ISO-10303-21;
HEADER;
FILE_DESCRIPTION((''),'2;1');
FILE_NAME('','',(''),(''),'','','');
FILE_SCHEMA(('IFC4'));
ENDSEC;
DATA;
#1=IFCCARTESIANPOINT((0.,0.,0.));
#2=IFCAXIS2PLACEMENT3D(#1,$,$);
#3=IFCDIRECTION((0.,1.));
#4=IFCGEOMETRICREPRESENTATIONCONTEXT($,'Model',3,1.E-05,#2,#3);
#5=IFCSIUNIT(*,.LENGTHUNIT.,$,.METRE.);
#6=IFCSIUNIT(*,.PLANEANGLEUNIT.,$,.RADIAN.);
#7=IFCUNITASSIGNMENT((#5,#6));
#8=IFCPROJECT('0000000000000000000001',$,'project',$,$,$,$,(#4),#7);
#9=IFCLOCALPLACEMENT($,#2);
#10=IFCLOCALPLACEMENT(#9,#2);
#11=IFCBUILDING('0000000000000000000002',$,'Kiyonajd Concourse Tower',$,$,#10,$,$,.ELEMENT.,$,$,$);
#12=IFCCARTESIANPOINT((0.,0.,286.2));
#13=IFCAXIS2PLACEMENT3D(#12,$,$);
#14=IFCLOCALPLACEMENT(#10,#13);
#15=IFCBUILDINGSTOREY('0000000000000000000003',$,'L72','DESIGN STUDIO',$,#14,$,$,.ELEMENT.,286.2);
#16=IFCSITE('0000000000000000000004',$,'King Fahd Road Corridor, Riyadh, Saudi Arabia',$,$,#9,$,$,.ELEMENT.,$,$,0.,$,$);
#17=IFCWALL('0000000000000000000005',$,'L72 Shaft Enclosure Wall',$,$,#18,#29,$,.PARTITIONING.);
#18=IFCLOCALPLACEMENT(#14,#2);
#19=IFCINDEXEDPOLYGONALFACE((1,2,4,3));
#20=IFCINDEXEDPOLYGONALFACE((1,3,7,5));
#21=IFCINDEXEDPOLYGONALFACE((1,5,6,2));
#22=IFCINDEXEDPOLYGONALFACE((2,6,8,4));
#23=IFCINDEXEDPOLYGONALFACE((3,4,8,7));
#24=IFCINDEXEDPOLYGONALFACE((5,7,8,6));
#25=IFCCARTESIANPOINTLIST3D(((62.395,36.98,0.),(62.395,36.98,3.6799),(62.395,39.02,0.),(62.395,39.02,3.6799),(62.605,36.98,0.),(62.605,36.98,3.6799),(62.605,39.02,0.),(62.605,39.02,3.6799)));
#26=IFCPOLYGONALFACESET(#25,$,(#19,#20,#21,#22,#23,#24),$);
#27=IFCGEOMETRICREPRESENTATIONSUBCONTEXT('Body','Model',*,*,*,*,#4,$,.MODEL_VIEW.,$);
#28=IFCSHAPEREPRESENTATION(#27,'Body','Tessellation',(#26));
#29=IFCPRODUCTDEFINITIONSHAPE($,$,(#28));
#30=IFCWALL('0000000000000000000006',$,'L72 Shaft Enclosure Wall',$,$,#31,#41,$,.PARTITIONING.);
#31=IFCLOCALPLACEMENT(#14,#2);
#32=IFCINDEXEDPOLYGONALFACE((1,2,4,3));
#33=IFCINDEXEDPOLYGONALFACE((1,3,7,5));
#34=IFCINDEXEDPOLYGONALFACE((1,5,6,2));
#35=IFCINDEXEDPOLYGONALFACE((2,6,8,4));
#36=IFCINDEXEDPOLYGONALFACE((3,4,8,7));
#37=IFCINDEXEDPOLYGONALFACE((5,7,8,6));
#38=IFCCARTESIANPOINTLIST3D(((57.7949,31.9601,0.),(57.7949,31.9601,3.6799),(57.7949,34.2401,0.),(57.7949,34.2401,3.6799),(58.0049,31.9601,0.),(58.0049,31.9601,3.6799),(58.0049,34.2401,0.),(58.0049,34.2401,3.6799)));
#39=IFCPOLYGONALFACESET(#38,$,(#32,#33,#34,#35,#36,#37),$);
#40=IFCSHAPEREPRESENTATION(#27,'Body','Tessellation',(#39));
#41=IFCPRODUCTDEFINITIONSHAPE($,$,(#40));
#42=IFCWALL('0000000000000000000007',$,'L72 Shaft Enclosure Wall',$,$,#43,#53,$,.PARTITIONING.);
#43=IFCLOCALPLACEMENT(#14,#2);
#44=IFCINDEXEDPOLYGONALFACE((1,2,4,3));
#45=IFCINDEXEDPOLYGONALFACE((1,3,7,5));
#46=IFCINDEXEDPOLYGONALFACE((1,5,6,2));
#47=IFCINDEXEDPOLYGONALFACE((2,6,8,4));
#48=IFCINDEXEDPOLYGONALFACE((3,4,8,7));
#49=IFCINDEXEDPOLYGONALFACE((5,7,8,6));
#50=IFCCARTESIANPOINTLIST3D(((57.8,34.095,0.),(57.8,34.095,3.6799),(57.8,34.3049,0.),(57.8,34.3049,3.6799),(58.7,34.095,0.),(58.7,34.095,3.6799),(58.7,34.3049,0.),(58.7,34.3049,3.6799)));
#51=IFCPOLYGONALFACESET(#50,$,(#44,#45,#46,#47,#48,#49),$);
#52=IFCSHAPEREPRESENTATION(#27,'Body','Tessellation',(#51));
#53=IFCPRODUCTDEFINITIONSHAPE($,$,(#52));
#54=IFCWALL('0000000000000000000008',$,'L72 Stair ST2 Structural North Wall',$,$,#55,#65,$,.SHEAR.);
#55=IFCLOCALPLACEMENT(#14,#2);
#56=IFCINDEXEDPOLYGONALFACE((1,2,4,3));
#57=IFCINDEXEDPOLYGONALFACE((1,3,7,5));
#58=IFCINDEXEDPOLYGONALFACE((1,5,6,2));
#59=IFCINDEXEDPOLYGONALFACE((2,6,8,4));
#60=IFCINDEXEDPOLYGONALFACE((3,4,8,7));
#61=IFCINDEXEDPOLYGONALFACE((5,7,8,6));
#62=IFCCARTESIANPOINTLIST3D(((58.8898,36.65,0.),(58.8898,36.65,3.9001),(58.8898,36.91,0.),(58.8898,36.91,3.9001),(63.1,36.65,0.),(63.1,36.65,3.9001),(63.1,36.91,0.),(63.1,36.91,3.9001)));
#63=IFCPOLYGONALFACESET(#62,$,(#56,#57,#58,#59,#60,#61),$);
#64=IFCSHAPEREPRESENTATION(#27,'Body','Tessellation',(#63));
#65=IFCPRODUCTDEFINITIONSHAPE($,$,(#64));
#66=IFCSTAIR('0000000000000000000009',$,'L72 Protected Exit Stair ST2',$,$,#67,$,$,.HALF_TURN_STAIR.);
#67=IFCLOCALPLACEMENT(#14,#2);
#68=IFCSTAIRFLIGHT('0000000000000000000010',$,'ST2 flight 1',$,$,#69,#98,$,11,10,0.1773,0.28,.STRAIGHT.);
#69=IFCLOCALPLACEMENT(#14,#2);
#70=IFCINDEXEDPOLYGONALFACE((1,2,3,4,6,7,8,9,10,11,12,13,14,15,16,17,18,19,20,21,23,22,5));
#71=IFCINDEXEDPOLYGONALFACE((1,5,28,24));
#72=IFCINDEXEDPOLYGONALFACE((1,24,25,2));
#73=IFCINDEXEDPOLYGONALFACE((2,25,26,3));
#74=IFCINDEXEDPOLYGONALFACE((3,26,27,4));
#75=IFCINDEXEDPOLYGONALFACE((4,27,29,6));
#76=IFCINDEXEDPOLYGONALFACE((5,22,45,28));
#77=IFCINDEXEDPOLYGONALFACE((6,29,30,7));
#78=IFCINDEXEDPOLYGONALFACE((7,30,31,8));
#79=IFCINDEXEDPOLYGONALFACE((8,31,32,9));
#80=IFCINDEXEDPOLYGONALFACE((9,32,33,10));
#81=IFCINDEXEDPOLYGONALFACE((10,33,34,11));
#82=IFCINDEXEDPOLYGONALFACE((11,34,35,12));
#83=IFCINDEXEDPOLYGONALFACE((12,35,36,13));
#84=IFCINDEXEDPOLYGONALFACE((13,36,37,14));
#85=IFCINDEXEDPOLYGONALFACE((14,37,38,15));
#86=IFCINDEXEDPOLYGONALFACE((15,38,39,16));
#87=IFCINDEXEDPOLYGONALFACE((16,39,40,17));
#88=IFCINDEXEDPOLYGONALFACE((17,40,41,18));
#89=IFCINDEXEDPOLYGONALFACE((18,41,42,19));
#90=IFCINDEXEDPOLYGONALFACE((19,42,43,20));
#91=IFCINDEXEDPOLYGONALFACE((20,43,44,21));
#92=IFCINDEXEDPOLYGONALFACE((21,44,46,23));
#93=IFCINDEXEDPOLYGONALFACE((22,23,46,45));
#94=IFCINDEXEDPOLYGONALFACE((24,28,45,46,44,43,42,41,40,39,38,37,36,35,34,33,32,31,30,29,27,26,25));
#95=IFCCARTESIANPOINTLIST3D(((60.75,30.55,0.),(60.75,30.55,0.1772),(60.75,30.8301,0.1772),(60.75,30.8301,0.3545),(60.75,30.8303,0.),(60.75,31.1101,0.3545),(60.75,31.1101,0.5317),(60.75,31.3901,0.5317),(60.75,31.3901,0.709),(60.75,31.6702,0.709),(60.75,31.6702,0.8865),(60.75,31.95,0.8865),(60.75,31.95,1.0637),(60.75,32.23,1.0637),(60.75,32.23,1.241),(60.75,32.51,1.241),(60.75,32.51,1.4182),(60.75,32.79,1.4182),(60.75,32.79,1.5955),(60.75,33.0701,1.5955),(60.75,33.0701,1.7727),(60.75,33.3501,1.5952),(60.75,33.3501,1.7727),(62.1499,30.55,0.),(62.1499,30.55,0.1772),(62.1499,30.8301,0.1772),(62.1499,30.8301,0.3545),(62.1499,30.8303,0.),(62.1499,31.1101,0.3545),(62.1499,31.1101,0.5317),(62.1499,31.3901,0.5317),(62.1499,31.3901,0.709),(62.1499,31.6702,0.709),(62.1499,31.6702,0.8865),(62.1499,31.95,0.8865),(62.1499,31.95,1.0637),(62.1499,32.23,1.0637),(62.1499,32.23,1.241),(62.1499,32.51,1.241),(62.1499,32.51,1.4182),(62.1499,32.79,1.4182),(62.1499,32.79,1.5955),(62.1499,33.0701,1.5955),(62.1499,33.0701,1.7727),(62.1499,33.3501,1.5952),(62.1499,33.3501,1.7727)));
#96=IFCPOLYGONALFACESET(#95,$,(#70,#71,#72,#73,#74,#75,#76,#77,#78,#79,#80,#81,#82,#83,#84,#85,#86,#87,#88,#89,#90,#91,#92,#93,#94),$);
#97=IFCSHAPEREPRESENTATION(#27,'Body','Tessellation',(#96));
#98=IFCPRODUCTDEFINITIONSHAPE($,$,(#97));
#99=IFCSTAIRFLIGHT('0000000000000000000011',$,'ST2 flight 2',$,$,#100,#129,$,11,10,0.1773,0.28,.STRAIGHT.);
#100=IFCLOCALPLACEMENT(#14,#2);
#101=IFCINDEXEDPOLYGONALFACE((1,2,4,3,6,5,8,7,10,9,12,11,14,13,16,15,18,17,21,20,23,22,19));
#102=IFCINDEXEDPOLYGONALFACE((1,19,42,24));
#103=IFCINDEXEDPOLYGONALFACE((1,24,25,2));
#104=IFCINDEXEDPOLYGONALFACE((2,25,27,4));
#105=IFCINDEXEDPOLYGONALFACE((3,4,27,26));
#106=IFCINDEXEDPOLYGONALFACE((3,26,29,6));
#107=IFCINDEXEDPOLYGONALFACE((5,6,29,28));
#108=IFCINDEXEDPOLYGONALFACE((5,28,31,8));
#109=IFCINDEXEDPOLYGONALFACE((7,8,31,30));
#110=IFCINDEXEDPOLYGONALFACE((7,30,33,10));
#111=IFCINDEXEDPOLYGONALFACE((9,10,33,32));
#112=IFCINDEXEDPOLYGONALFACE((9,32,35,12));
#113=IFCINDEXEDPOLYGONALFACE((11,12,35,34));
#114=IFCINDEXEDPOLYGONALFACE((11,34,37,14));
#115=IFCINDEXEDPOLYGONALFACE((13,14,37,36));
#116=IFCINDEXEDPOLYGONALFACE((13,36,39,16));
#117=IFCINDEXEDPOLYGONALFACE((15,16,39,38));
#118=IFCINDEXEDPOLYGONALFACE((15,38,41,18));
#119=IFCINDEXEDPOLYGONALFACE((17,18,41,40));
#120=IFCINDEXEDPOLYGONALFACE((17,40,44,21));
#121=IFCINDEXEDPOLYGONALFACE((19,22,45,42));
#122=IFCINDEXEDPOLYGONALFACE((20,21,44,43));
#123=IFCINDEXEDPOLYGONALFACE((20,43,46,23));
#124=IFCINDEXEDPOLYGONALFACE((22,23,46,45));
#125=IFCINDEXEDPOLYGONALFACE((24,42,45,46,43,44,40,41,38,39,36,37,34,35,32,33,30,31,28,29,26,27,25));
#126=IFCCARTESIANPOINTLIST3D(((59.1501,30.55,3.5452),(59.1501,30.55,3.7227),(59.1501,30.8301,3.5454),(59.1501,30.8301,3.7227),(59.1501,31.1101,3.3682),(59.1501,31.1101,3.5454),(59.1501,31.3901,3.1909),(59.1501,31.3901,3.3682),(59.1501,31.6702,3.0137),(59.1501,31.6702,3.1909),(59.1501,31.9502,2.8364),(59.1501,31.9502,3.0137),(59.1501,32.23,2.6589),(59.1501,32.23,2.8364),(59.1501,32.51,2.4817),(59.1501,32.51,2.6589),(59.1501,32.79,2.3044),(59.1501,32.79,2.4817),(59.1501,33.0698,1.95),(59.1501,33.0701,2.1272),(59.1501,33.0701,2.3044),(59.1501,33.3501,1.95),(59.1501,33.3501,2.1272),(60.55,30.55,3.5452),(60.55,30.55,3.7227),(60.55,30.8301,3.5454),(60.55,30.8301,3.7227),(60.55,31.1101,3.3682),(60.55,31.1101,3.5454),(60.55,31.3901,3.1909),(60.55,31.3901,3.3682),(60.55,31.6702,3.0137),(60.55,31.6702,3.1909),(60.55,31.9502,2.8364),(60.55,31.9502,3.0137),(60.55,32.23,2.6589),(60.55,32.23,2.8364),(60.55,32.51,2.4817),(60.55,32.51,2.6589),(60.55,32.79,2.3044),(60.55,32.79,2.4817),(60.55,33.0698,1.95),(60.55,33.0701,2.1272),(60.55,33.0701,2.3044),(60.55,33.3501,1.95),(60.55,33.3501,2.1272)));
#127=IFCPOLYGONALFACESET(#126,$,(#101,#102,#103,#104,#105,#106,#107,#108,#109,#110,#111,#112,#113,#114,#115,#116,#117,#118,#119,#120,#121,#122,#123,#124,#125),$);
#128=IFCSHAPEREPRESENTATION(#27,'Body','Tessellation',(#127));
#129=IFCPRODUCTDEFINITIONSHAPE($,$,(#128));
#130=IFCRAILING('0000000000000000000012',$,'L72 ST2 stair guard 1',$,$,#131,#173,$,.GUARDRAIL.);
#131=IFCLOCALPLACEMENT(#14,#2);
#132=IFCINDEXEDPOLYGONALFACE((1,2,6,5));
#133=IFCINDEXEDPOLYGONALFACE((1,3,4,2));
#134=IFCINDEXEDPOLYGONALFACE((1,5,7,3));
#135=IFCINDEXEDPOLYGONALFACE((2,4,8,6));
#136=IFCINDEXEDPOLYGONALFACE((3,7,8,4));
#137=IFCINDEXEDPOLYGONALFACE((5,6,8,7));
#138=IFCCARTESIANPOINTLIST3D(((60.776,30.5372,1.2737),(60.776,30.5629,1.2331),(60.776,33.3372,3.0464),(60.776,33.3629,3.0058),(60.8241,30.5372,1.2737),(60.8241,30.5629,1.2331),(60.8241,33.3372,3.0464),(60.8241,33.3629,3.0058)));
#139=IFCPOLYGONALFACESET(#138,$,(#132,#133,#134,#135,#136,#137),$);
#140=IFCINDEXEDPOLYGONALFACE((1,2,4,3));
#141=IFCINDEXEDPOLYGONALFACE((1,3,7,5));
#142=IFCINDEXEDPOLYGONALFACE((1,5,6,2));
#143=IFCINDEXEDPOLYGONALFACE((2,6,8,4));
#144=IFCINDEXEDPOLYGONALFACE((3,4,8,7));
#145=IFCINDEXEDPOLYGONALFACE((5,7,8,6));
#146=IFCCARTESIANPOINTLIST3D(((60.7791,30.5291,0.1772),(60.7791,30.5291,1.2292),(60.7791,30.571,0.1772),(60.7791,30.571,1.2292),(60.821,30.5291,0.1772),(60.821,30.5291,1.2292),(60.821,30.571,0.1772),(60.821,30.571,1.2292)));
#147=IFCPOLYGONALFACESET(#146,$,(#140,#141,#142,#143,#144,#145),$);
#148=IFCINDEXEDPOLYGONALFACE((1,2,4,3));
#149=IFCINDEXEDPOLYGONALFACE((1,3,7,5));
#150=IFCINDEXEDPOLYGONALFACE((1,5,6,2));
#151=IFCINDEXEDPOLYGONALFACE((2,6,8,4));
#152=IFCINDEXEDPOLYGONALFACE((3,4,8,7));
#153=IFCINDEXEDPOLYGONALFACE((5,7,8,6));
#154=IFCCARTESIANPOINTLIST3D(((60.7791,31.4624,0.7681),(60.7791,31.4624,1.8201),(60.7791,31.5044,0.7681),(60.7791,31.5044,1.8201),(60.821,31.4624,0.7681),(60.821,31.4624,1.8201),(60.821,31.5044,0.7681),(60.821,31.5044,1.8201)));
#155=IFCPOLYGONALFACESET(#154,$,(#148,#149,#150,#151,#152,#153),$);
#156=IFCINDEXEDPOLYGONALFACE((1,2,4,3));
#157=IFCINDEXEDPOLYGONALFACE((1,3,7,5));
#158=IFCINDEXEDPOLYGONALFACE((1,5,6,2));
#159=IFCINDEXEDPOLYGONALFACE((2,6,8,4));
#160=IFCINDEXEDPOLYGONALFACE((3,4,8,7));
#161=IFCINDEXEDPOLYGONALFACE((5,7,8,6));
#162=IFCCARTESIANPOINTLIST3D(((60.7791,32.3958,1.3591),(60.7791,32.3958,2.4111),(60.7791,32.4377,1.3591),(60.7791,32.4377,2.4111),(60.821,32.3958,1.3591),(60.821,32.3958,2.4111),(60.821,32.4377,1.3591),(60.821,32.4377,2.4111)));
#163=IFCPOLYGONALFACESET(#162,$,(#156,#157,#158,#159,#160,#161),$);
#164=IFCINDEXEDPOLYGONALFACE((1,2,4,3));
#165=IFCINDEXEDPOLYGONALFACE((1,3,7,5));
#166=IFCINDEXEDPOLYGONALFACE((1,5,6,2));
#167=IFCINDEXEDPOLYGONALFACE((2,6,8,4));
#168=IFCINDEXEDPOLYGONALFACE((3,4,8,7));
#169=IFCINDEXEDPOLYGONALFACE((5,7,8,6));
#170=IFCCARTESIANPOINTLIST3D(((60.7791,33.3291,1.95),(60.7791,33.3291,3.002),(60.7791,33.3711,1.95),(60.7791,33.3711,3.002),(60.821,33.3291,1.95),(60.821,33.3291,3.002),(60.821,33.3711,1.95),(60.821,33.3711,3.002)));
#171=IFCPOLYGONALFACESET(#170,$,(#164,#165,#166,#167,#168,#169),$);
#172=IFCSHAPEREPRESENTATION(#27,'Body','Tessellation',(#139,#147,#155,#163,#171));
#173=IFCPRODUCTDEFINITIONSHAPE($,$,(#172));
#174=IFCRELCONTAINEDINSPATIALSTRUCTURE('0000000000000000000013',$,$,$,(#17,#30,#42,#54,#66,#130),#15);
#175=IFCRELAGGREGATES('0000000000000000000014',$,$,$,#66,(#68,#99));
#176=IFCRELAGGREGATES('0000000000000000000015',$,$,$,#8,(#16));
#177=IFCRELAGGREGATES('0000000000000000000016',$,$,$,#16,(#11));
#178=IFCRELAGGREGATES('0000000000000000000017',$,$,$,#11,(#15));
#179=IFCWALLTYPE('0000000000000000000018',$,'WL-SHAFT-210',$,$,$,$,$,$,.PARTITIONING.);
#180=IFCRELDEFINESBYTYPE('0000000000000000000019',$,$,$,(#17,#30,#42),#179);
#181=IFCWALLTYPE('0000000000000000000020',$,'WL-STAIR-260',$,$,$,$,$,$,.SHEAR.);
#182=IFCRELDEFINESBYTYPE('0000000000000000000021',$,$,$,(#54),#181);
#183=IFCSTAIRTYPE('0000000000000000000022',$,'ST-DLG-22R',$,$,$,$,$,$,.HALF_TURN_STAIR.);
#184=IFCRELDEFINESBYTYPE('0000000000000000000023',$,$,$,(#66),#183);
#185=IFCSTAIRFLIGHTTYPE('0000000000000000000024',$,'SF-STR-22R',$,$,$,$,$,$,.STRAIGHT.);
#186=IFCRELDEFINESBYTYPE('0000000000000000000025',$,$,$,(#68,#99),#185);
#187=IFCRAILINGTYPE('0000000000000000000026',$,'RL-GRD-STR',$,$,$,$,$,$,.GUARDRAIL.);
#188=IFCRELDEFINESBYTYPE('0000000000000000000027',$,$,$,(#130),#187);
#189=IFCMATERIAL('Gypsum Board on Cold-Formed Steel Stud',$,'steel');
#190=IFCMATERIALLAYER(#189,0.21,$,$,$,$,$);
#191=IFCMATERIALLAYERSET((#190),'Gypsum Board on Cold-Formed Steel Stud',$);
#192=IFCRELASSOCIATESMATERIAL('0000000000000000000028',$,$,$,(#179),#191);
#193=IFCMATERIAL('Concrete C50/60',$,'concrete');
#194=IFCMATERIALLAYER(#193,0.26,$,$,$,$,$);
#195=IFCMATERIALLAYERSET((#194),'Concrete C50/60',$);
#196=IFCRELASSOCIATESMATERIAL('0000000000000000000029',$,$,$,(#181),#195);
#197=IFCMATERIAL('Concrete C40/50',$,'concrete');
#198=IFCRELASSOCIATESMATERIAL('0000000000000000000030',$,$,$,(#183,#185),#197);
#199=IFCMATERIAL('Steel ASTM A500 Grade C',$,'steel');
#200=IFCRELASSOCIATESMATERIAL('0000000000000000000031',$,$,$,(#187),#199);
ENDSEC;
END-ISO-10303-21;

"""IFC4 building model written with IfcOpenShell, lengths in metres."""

from ifc_helpers import new_model, si_unit, direction, frame, frame_2d, origin, origin_2d, place, context, subcontext, project, spatial, polyline, rectangle, outline, extrude, material, layer, layer_set, type_object, element, aggregate, save


model = new_model("IFC4")

# Units and contexts
model_context = context("Model", 3, precision=1e-05, world=origin(), true_north=direction((0.0, 1.0)))
body_context = subcontext(model_context, "Body", "Model", "MODEL_VIEW")
ifc_project = project(units=[si_unit("LENGTHUNIT", "METRE"), si_unit("PLANEANGLEUNIT", "RADIAN")], contexts=[model_context])

# Site, building, storey
site_placement = place(None, origin())
site = spatial("IfcSite", under=ifc_project, at=site_placement, Name="King Fahd Road Corridor, Riyadh, Saudi Arabia", CompositionType="ELEMENT", RefElevation=0.0)
building_placement = place(site_placement, origin())
building = spatial("IfcBuilding", under=site, at=building_placement, Name="Kiyonajd Concourse Tower", CompositionType="ELEMENT")
storey_placement = place(building_placement, frame((0.0, 0.0, 286.2)))
storey = spatial("IfcBuildingStorey", under=building, at=storey_placement, Name="L72", Description="DESIGN STUDIO", CompositionType="ELEMENT", Elevation=286.2)

# Shared definitions
ifc_material_1 = material(Name="Concrete C50/60", Category="concrete")

# Walls
ifc_material_2 = material(Name="Gypsum Board on Cold-Formed Steel Stud", Category="steel")
ifc_layer_1 = layer(ifc_material_2, 0.21)
ifc_layer_set_1 = layer_set([ifc_layer_1], Name="Gypsum Board on Cold-Formed Steel Stud")
wall_type_1 = type_object("IfcWallType", Name="WL-SHAFT-210", PredefinedType="PARTITIONING", material=ifc_layer_set_1)
wall_1_placement = place(storey_placement, frame((62.5, 36.98, 0.0), z_axis=(0.0, 0.0, 1.0), x_axis=(0.0, 1.0, 0.0)))
element("IfcWall", 1, at=wall_1_placement, inside=storey, type_object=wall_type_1, Name="L72 Shaft Enclosure Wall", PredefinedType="PARTITIONING", context=body_context, shape_type="SweptSolid", body=[
    extrude(rectangle(XDim=2.04, YDim=0.21, at=frame_2d((1.02, 0.0))), origin(), (0.0, 0.0, 1.0), 3.6799),
])
wall_2_placement = place(storey_placement, frame((57.8999, 31.96, 0.0), z_axis=(0.0, 0.0, 1.0), x_axis=(0.0, 1.0, 0.0)))
element("IfcWall", 2, at=wall_2_placement, inside=storey, type_object=wall_type_1, Name="L72 Shaft Enclosure Wall", PredefinedType="PARTITIONING", context=body_context, shape_type="SweptSolid", body=[
    extrude(rectangle(XDim=2.28, YDim=0.21, at=frame_2d((1.1401, 0.0))), origin(), (0.0, 0.0, 1.0), 3.6799),
])
wall_3_placement = place(storey_placement, frame((57.8, 34.2, 0.0), z_axis=(0.0, 0.0, 1.0), x_axis=(1.0, 0.0, 0.0)))
element("IfcWall", 3, at=wall_3_placement, inside=storey, type_object=wall_type_1, Name="L72 Shaft Enclosure Wall", PredefinedType="PARTITIONING", context=body_context, shape_type="SweptSolid", body=[
    extrude(rectangle(XDim=0.8999, YDim=0.21, at=frame_2d((0.45, 0.0))), origin(), (0.0, 0.0, 1.0), 3.6799),
])
ifc_layer_2 = layer(ifc_material_1, 0.26)
ifc_layer_set_2 = layer_set([ifc_layer_2], Name="Concrete C50/60")
wall_type_2 = type_object("IfcWallType", Name="WL-STAIR-260", PredefinedType="SHEAR", material=ifc_layer_set_2)
wall_4_placement = place(storey_placement, frame((58.8899, 36.78, 0.0), z_axis=(0.0, 0.0, 1.0), x_axis=(1.0, 0.0, 0.0)))
element("IfcWall", 4, at=wall_4_placement, inside=storey, type_object=wall_type_2, Name="L72 Stair ST2 Structural North Wall", PredefinedType="SHEAR", context=body_context, shape_type="SweptSolid", body=[
    extrude(rectangle(XDim=4.2102, YDim=0.26, at=frame_2d((2.105, 0.0))), origin(), (0.0, 0.0, 1.0), 3.9001),
])

# Stair, stair flights
ifc_material_3 = material(Name="Concrete C40/50", Category="concrete")
stair_type = type_object("IfcStairType", Name="ST-DLG-22R", PredefinedType="HALF_TURN_STAIR", material=ifc_material_3)
stair_placement = place(storey_placement, origin())
stair = element("IfcStair", 5, at=stair_placement, inside=storey, type_object=stair_type, Name="L72 Protected Exit Stair ST2", PredefinedType="HALF_TURN_STAIR")
stair_flight_type = type_object("IfcStairFlightType", Name="SF-STR-22R", PredefinedType="STRAIGHT", material=ifc_material_3)
stair_flight_1_placement = place(storey_placement, frame((61.45, 30.55, 0.0), z_axis=(0.0, 0.0, 1.0), x_axis=(0.0, 1.0, 0.0)))
stair_flight_1 = element("IfcStairFlight", 6, at=stair_flight_1_placement, type_object=stair_flight_type, Name="ST2 flight 1", NumberOfRisers=11, NumberOfTreads=10, PredefinedType="STRAIGHT", RiserHeight=0.1773, TreadLength=0.28, context=body_context, shape_type="SweptSolid", body=[
    extrude(outline(polyline([(0.0, 0.0), (0.0, 0.1772), (0.28, 0.1772), (0.28, 0.3545), (0.5601, 0.3545), (0.5601, 0.5317), (0.8401, 0.5317), (0.8401, 0.709), (1.1201, 0.709), (1.1201, 0.8865), (1.3999, 0.8865), (1.3999, 1.0637), (1.6799, 1.0637), (1.6799, 1.241), (1.96, 1.241), (1.96, 1.4182), (2.24, 1.4182), (2.24, 1.5955), (2.52, 1.5955), (2.52, 1.7727), (2.8, 1.7727), (2.8, 1.95), (2.8, 1.5952), (0.2803, 0.0), (0.0, 0.0)])), frame((0.0, 0.7, 0.0), z_axis=(0.0, -1.0, 0.0), x_axis=(1.0, 0.0, 0.0)), (0.0, 0.0, 1.0), 1.3999),
])
stair_flight_2_placement = place(storey_placement, frame((59.8501, 33.3501, 1.95), z_axis=(0.0, 0.0, 1.0), x_axis=(0.0, -1.0, 0.0)))
stair_flight_2 = element("IfcStairFlight", 7, at=stair_flight_2_placement, type_object=stair_flight_type, Name="ST2 flight 2", NumberOfRisers=11, NumberOfTreads=10, PredefinedType="STRAIGHT", RiserHeight=0.1773, TreadLength=0.28, context=body_context, shape_type="SweptSolid", body=[
    extrude(outline(polyline([(0.0, 0.0), (0.0, 0.1772), (0.28, 0.1772), (0.28, 0.3545), (0.5601, 0.3545), (0.5601, 0.5317), (0.8401, 0.5317), (0.8401, 0.709), (1.1201, 0.709), (1.1201, 0.8865), (1.3999, 0.8865), (1.3999, 1.0637), (1.6799, 1.0637), (1.6799, 1.241), (1.96, 1.241), (1.96, 1.4182), (2.24, 1.4182), (2.24, 1.5955), (2.52, 1.5955), (2.52, 1.7727), (2.8, 1.7727), (2.8, 1.95), (2.8, 1.5952), (0.2803, 0.0), (0.0, 0.0)])), frame((0.0, 0.7, 0.0), z_axis=(0.0, -1.0, 0.0), x_axis=(1.0, 0.0, 0.0)), (0.0, 0.0, 1.0), 1.3999),
])
aggregate(stair, [stair_flight_1, stair_flight_2])

# Railing
ifc_material_4 = material(Name="Steel ASTM A500 Grade C", Category="steel")
railing_type_1 = type_object("IfcRailingType", Name="RL-GRD-STR", PredefinedType="GUARDRAIL", material=ifc_material_4)
railing_1_placement = place(storey_placement, frame((60.8, 30.55, 0.1772)))
element("IfcRailing", 8, at=railing_1_placement, inside=storey, type_object=railing_type_1, Name="L72 ST2 stair guard 1", PredefinedType="GUARDRAIL", context=body_context, shape_type="SweptSolid", body=[
    extrude(rectangle(XDim=0.0481, YDim=0.0481, at=origin_2d()), frame((0.0, 0.0, 1.0762), z_axis=(0.0, 0.844909, 0.53491), x_axis=(-1.0, 0.0, 0.0)), (0.0, 0.0, 1.0), 3.314),
    extrude(rectangle(XDim=0.042, YDim=0.042, at=origin_2d()), origin(), (0.0, 0.0, 1.0), 1.052),
    extrude(rectangle(XDim=0.042, YDim=0.042, at=origin_2d()), frame((0.0, 0.9333, 0.5908)), (0.0, 0.0, 1.0), 1.052),
    extrude(rectangle(XDim=0.042, YDim=0.042, at=origin_2d()), frame((0.0, 1.8667, 1.1819)), (0.0, 0.0, 1.0), 1.052),
    extrude(rectangle(XDim=0.042, YDim=0.042, at=origin_2d()), frame((0.0, 2.8, 1.7727)), (0.0, 0.0, 1.0), 1.052),
])

save(model, "model.ifc")
